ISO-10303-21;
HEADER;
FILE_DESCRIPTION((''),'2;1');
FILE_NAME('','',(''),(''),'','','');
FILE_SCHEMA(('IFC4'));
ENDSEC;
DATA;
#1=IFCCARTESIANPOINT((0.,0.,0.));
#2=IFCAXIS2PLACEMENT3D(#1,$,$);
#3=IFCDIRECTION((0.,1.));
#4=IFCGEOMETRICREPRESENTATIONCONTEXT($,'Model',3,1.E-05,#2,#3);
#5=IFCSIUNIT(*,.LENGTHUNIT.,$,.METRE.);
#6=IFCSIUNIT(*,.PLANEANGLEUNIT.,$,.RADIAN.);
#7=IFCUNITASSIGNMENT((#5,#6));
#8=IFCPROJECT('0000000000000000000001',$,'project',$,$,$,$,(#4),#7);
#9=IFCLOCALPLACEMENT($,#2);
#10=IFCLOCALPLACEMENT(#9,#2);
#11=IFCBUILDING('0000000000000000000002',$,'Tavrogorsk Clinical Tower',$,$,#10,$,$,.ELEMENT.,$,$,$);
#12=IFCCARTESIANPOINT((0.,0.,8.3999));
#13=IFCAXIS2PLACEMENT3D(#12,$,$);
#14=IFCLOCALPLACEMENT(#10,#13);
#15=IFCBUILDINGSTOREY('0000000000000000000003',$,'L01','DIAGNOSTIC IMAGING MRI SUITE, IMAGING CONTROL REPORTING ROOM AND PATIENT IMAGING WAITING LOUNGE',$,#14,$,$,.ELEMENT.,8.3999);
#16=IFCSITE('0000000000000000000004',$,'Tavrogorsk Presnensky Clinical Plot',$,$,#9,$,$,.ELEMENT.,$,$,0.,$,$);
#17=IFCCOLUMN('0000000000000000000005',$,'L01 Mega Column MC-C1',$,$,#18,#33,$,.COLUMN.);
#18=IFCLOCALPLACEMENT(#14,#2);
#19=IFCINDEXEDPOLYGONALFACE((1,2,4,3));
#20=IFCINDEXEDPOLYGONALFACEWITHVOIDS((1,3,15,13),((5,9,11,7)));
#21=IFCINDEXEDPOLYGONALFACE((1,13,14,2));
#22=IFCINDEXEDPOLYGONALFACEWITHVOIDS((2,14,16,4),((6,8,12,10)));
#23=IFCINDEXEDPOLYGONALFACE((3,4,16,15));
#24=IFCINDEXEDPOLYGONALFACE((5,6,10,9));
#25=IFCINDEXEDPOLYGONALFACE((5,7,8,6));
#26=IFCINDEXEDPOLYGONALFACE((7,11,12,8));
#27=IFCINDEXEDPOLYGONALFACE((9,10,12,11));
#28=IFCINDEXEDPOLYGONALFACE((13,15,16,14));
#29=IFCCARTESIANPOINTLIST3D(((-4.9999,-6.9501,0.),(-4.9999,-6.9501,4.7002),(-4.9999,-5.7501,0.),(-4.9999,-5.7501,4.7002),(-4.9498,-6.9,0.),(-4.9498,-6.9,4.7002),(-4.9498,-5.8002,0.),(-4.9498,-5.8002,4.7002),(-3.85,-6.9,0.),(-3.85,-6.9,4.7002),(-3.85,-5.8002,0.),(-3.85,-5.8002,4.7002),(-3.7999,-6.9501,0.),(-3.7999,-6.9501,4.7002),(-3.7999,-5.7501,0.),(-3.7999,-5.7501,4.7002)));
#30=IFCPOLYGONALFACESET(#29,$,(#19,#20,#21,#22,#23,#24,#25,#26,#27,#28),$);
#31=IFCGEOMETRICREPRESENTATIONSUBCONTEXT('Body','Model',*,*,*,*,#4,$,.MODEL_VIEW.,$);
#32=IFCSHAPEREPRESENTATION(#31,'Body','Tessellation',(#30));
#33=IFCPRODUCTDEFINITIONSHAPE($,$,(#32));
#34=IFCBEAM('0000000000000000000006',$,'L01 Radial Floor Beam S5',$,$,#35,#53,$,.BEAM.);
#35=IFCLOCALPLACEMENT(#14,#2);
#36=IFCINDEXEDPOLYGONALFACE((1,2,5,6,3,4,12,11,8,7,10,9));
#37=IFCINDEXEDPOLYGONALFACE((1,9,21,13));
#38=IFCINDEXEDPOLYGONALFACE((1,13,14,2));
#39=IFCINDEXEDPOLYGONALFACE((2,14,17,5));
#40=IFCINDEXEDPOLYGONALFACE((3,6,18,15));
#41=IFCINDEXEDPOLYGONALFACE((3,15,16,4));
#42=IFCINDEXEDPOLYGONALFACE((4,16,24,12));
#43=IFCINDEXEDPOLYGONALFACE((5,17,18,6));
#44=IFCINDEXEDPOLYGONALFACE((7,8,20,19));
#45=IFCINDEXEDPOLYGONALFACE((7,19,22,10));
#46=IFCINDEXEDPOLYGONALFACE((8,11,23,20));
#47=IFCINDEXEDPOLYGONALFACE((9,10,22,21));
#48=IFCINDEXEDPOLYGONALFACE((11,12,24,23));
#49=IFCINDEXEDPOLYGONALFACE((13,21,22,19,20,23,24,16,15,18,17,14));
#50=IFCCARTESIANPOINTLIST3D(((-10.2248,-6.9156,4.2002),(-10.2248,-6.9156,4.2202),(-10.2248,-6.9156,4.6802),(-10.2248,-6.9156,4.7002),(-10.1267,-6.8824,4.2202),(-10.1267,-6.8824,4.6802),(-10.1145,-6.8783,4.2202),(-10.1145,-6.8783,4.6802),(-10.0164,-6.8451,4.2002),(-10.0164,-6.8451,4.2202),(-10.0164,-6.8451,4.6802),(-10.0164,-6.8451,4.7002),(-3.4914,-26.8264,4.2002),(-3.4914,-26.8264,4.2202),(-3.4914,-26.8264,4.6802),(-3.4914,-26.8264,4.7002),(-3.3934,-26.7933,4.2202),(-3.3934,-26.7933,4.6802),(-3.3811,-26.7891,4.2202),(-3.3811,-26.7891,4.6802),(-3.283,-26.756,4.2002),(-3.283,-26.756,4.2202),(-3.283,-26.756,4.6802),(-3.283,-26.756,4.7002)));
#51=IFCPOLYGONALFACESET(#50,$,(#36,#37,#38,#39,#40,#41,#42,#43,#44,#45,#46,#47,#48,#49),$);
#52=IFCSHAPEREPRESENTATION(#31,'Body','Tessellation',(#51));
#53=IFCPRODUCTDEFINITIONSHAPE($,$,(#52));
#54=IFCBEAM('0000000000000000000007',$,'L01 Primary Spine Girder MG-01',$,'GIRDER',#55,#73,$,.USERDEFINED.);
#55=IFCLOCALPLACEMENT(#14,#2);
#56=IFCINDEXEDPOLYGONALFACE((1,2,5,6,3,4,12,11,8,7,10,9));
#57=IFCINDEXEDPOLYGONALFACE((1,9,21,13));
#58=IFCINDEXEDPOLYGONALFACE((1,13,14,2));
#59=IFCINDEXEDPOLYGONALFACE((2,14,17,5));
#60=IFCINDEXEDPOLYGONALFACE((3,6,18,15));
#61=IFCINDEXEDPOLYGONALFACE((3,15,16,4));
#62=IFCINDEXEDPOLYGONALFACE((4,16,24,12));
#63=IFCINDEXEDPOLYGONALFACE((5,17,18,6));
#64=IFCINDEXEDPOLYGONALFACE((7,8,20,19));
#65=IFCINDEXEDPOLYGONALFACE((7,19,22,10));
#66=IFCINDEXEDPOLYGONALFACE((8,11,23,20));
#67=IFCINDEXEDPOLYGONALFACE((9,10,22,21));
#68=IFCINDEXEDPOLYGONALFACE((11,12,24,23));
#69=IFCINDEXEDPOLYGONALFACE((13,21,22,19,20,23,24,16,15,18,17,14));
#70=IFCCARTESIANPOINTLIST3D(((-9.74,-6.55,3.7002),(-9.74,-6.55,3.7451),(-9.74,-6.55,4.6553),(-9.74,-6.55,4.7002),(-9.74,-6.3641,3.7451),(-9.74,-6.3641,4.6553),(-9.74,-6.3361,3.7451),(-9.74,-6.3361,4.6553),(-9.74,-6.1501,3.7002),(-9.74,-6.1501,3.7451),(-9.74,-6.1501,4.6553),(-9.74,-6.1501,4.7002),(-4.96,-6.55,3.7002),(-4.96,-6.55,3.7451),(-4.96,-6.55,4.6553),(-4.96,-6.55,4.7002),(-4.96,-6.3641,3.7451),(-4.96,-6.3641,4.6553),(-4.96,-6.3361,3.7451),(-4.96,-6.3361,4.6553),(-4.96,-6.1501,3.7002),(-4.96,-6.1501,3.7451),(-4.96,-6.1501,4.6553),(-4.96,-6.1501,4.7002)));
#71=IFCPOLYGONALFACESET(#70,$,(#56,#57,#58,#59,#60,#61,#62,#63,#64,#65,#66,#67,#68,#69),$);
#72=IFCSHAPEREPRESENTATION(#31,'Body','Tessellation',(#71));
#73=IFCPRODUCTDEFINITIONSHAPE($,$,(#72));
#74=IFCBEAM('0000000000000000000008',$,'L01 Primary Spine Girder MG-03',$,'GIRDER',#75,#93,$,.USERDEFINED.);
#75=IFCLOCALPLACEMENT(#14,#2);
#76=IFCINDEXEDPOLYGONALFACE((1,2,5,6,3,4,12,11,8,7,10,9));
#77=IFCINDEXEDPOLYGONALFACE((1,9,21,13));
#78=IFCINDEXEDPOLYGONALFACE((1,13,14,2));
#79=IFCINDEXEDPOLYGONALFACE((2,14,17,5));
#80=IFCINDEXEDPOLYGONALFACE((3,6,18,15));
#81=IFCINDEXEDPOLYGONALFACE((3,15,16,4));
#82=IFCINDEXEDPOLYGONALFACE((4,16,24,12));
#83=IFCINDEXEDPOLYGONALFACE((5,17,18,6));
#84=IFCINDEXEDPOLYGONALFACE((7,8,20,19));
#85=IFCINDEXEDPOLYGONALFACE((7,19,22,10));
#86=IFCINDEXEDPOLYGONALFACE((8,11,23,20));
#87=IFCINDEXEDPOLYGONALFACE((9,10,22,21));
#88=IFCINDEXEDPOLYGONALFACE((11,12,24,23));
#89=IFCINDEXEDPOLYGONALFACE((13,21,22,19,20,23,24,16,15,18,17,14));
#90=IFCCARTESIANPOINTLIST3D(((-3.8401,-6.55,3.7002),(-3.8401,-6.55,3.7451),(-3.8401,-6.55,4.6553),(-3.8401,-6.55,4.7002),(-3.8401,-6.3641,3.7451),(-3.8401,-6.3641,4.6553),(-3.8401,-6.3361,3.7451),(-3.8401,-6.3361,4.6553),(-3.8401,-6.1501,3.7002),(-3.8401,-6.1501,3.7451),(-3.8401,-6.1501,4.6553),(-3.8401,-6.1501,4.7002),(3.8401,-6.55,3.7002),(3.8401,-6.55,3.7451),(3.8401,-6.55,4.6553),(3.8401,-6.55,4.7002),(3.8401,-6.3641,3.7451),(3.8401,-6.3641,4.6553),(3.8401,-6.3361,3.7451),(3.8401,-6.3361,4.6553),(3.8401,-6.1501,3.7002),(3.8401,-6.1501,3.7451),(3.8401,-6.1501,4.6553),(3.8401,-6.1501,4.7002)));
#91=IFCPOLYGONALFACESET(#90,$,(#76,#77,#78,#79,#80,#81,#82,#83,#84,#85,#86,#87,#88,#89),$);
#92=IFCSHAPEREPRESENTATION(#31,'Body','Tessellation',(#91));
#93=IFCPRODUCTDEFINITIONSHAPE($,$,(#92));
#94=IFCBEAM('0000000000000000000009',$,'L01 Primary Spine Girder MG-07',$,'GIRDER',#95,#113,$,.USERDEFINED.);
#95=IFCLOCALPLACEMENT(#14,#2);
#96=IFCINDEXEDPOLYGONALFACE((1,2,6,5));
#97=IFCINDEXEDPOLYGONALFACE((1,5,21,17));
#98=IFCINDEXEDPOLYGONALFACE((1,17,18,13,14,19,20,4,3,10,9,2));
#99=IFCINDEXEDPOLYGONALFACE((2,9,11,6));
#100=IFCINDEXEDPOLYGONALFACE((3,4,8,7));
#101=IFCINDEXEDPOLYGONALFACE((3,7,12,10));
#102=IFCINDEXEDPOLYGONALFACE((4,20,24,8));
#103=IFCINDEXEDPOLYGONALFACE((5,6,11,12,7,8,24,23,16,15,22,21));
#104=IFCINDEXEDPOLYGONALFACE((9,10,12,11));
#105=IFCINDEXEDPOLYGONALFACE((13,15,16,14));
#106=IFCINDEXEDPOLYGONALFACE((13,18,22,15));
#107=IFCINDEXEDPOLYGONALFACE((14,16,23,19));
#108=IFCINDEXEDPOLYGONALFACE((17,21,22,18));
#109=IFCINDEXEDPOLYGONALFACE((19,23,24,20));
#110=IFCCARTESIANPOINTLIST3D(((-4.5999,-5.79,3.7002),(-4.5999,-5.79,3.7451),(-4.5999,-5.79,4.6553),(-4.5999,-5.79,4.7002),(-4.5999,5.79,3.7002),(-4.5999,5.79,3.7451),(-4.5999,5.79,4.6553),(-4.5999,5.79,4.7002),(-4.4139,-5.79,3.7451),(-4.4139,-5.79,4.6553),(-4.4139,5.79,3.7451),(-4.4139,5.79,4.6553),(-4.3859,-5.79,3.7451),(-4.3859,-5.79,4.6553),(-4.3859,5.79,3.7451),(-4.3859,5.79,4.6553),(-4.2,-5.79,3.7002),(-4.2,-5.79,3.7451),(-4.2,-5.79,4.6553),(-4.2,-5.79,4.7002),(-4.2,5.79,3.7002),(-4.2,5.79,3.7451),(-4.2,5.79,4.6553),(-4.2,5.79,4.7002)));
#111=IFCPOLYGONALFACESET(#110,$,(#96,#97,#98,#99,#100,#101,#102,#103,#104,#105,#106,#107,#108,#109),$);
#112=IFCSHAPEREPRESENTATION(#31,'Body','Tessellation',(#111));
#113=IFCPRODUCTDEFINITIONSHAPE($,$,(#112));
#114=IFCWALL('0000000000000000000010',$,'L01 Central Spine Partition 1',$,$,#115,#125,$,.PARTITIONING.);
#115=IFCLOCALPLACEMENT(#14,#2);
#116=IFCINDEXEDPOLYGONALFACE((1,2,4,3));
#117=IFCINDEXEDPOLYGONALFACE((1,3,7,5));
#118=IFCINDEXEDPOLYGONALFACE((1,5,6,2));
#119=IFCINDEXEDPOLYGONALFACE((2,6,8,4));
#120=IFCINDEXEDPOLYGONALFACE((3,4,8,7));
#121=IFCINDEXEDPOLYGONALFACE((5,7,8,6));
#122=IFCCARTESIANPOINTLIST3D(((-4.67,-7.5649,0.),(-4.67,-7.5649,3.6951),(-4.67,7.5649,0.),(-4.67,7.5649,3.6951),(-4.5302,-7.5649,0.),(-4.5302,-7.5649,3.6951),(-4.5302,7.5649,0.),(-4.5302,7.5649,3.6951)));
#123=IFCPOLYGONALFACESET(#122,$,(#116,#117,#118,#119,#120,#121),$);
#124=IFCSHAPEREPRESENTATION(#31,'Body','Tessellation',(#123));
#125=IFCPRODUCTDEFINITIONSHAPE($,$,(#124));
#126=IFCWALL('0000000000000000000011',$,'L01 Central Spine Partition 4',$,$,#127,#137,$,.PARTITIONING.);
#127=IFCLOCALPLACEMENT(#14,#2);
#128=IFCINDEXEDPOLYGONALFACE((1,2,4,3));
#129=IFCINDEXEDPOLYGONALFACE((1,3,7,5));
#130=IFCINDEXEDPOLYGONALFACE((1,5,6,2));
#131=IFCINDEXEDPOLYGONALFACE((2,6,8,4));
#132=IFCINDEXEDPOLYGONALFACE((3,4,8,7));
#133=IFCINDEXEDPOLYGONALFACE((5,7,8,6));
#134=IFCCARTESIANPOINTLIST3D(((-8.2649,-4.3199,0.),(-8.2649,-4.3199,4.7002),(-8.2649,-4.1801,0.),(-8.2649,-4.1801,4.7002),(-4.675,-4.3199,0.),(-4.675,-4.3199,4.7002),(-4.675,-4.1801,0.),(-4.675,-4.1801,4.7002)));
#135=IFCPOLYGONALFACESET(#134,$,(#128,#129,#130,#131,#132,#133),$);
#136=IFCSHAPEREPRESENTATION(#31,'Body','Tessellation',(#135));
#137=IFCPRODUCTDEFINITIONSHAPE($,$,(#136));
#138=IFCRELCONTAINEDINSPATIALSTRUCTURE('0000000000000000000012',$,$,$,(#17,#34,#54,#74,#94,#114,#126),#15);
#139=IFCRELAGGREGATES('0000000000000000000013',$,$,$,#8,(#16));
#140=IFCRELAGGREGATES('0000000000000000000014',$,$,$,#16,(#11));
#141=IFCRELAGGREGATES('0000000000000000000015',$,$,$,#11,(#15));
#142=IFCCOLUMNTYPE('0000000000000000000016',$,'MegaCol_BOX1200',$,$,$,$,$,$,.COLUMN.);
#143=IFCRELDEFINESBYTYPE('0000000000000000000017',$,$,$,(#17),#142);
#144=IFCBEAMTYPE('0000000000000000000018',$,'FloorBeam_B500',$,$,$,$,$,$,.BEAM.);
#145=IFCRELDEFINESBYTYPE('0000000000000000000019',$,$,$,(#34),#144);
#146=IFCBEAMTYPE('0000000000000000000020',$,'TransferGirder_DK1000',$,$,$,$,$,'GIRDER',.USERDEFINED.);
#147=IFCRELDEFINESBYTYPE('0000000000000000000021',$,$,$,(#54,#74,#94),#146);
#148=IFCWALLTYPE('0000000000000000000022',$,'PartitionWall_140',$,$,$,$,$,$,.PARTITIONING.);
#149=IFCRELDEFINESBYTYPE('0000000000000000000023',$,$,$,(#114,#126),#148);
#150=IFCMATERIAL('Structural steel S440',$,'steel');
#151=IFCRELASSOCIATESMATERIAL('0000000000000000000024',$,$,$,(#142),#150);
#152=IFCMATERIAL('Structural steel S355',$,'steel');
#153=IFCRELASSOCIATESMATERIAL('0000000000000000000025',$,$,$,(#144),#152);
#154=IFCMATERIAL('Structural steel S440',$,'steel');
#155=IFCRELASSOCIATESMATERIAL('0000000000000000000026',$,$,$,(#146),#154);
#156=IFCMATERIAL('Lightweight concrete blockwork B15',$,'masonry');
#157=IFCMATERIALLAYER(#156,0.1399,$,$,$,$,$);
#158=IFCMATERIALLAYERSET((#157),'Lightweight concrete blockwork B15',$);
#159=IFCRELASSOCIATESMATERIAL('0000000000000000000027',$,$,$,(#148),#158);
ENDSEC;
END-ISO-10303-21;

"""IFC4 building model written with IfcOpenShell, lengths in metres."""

from ifc_helpers import new_model, si_unit, direction, frame, frame_2d, origin, origin_2d, place, context, subcontext, project, spatial, rectangle, hollow_rectangle, i_section, extrude, material, layer, layer_set, material_profile, profile_set, type_object, element, save


model = new_model("IFC4")

# Units and contexts
model_context = context("Model", 3, precision=1e-05, world=origin(), true_north=direction((0.0, 1.0)))
body_context = subcontext(model_context, "Body", "Model", "MODEL_VIEW")
ifc_project = project(units=[si_unit("LENGTHUNIT", "METRE"), si_unit("PLANEANGLEUNIT", "RADIAN")], contexts=[model_context])

# Site, building, storey
site_placement = place(None, origin())
site = spatial("IfcSite", under=ifc_project, at=site_placement, Name="Tavrogorsk Presnensky Clinical Plot", CompositionType="ELEMENT", RefElevation=0.0)
building_placement = place(site_placement, origin())
building = spatial("IfcBuilding", under=site, at=building_placement, Name="Tavrogorsk Clinical Tower", CompositionType="ELEMENT")
storey_placement = place(building_placement, frame((0.0, 0.0, 8.3999)))
storey = spatial("IfcBuildingStorey", under=building, at=storey_placement, Name="L01", Description="DIAGNOSTIC IMAGING MRI SUITE, IMAGING CONTROL REPORTING ROOM AND PATIENT IMAGING WAITING LOUNGE", CompositionType="ELEMENT", Elevation=8.3999)

# Column
ifc_material_1 = material(Name="Structural steel S440", Category="steel")
ifc_material_profile_1 = material_profile(ifc_material_1, hollow_rectangle(XDim=1.2, YDim=1.2, WallThickness=0.05, at=origin_2d()), Name="BOX-1200x1200x50")
ifc_profile_set_1 = profile_set([ifc_material_profile_1], Name="Structural steel S440")
column_type = type_object("IfcColumnType", Name="MegaCol_BOX1200", PredefinedType="COLUMN", material=ifc_profile_set_1)
column_placement = place(storey_placement, frame((-4.3999, -6.3501, 0.0), z_axis=(0.0, 0.0, 1.0), x_axis=(1.0, 0.0, 0.0)))
element("IfcColumn", 1, at=column_placement, inside=storey, type_object=column_type, Name="L01 Mega Column MC-C1", PredefinedType="COLUMN", context=body_context, shape_type="SweptSolid", body=[
    extrude(hollow_rectangle(XDim=1.2, YDim=1.2, WallThickness=0.05, at=origin_2d()), origin(), (0.0, 0.0, 1.0), 4.7002),
])

# Beams
ifc_material_2 = material(Name="Structural steel S355", Category="steel")
ifc_material_profile_2 = material_profile(ifc_material_2, i_section(OverallWidth=0.22, OverallDepth=0.5, WebThickness=0.0129, FlangeThickness=0.02, at=origin_2d()), Name="B-500x220x13x20")
ifc_profile_set_2 = profile_set([ifc_material_profile_2], Name="Structural steel S355")
beam_type_1 = type_object("IfcBeamType", Name="FloorBeam_B500", PredefinedType="BEAM", material=ifc_profile_set_2)
beam_1_placement = place(storey_placement, frame((-10.1206, -6.8804, 4.4502), z_axis=(0.320354, -0.947298, 0.0), x_axis=(0.947298, 0.320354, 0.0)))
element("IfcBeam", 2, at=beam_1_placement, inside=storey, type_object=beam_type_1, Name="L01 Radial Floor Beam S5", PredefinedType="BEAM", context=body_context, shape_type="SweptSolid", body=[
    extrude(i_section(OverallWidth=0.22, OverallDepth=0.5, WebThickness=0.0129, FlangeThickness=0.02, at=origin_2d()), origin(), (0.0, 0.0, 1.0), 21.0186),
])
ifc_material_3 = material(Name="Structural steel S440", Category="steel")
ifc_material_profile_3 = material_profile(ifc_material_3, i_section(OverallWidth=0.3999, OverallDepth=1.0, WebThickness=0.0281, FlangeThickness=0.0449, at=origin_2d()), Name="DK-1000x400x28x45")
ifc_profile_set_3 = profile_set([ifc_material_profile_3], Name="Structural steel S440")
beam_type_2 = type_object("IfcBeamType", Name="TransferGirder_DK1000", ElementType="GIRDER", PredefinedType="USERDEFINED", material=ifc_profile_set_3)
beam_2_placement = place(storey_placement, frame((-9.74, -6.3501, 4.2002), z_axis=(1.0, 0.0, 0.0), x_axis=(0.0, 1.0, 0.0)))
element("IfcBeam", 3, at=beam_2_placement, inside=storey, type_object=beam_type_2, Name="L01 Primary Spine Girder MG-01", ObjectType="GIRDER", PredefinedType="USERDEFINED", context=body_context, shape_type="SweptSolid", body=[
    extrude(i_section(OverallWidth=0.3999, OverallDepth=1.0, WebThickness=0.0281, FlangeThickness=0.0449, at=origin_2d()), origin(), (0.0, 0.0, 1.0), 4.78),
])
beam_3_placement = place(storey_placement, frame((-3.8401, -6.3501, 4.2002), z_axis=(1.0, 0.0, 0.0), x_axis=(0.0, 1.0, 0.0)))
element("IfcBeam", 4, at=beam_3_placement, inside=storey, type_object=beam_type_2, Name="L01 Primary Spine Girder MG-03", ObjectType="GIRDER", PredefinedType="USERDEFINED", context=body_context, shape_type="SweptSolid", body=[
    extrude(i_section(OverallWidth=0.3999, OverallDepth=1.0, WebThickness=0.0281, FlangeThickness=0.0449, at=origin_2d()), origin(), (0.0, 0.0, 1.0), 7.6802),
])
beam_4_placement = place(storey_placement, frame((-4.3999, -5.79, 4.2002), z_axis=(0.0, 1.0, 0.0), x_axis=(-1.0, 0.0, 0.0)))
element("IfcBeam", 5, at=beam_4_placement, inside=storey, type_object=beam_type_2, Name="L01 Primary Spine Girder MG-07", ObjectType="GIRDER", PredefinedType="USERDEFINED", context=body_context, shape_type="SweptSolid", body=[
    extrude(i_section(OverallWidth=0.3999, OverallDepth=1.0, WebThickness=0.0281, FlangeThickness=0.0449, at=origin_2d()), origin(), (0.0, 0.0, 1.0), 11.5801),
])

# Walls
ifc_material_4 = material(Name="Lightweight concrete blockwork B15", Category="masonry")
ifc_layer_1 = layer(ifc_material_4, 0.1399)
ifc_layer_set_1 = layer_set([ifc_layer_1], Name="Lightweight concrete blockwork B15")
wall_type_1 = type_object("IfcWallType", Name="PartitionWall_140", PredefinedType="PARTITIONING", material=ifc_layer_set_1)
wall_1_placement = place(storey_placement, frame((-4.6001, -7.5649, 0.0), z_axis=(0.0, 0.0, 1.0), x_axis=(0.0, 1.0, 0.0)))
element("IfcWall", 6, at=wall_1_placement, inside=storey, type_object=wall_type_1, Name="L01 Central Spine Partition 1", PredefinedType="PARTITIONING", context=body_context, shape_type="SweptSolid", body=[
    extrude(rectangle(XDim=15.1299, YDim=0.1399, at=frame_2d((7.5649, 0.0))), origin(), (0.0, 0.0, 1.0), 3.6951),
])
wall_2_placement = place(storey_placement, frame((-8.2649, -4.25, 0.0), z_axis=(0.0, 0.0, 1.0), x_axis=(1.0, 0.0, 0.0)))
element("IfcWall", 7, at=wall_2_placement, inside=storey, type_object=wall_type_1, Name="L01 Central Spine Partition 4", PredefinedType="PARTITIONING", context=body_context, shape_type="SweptSolid", body=[
    extrude(rectangle(XDim=3.5898, YDim=0.1399, at=frame_2d((1.7949, 0.0))), origin(), (0.0, 0.0, 1.0), 4.7002),
])

save(model, "model.ifc")
